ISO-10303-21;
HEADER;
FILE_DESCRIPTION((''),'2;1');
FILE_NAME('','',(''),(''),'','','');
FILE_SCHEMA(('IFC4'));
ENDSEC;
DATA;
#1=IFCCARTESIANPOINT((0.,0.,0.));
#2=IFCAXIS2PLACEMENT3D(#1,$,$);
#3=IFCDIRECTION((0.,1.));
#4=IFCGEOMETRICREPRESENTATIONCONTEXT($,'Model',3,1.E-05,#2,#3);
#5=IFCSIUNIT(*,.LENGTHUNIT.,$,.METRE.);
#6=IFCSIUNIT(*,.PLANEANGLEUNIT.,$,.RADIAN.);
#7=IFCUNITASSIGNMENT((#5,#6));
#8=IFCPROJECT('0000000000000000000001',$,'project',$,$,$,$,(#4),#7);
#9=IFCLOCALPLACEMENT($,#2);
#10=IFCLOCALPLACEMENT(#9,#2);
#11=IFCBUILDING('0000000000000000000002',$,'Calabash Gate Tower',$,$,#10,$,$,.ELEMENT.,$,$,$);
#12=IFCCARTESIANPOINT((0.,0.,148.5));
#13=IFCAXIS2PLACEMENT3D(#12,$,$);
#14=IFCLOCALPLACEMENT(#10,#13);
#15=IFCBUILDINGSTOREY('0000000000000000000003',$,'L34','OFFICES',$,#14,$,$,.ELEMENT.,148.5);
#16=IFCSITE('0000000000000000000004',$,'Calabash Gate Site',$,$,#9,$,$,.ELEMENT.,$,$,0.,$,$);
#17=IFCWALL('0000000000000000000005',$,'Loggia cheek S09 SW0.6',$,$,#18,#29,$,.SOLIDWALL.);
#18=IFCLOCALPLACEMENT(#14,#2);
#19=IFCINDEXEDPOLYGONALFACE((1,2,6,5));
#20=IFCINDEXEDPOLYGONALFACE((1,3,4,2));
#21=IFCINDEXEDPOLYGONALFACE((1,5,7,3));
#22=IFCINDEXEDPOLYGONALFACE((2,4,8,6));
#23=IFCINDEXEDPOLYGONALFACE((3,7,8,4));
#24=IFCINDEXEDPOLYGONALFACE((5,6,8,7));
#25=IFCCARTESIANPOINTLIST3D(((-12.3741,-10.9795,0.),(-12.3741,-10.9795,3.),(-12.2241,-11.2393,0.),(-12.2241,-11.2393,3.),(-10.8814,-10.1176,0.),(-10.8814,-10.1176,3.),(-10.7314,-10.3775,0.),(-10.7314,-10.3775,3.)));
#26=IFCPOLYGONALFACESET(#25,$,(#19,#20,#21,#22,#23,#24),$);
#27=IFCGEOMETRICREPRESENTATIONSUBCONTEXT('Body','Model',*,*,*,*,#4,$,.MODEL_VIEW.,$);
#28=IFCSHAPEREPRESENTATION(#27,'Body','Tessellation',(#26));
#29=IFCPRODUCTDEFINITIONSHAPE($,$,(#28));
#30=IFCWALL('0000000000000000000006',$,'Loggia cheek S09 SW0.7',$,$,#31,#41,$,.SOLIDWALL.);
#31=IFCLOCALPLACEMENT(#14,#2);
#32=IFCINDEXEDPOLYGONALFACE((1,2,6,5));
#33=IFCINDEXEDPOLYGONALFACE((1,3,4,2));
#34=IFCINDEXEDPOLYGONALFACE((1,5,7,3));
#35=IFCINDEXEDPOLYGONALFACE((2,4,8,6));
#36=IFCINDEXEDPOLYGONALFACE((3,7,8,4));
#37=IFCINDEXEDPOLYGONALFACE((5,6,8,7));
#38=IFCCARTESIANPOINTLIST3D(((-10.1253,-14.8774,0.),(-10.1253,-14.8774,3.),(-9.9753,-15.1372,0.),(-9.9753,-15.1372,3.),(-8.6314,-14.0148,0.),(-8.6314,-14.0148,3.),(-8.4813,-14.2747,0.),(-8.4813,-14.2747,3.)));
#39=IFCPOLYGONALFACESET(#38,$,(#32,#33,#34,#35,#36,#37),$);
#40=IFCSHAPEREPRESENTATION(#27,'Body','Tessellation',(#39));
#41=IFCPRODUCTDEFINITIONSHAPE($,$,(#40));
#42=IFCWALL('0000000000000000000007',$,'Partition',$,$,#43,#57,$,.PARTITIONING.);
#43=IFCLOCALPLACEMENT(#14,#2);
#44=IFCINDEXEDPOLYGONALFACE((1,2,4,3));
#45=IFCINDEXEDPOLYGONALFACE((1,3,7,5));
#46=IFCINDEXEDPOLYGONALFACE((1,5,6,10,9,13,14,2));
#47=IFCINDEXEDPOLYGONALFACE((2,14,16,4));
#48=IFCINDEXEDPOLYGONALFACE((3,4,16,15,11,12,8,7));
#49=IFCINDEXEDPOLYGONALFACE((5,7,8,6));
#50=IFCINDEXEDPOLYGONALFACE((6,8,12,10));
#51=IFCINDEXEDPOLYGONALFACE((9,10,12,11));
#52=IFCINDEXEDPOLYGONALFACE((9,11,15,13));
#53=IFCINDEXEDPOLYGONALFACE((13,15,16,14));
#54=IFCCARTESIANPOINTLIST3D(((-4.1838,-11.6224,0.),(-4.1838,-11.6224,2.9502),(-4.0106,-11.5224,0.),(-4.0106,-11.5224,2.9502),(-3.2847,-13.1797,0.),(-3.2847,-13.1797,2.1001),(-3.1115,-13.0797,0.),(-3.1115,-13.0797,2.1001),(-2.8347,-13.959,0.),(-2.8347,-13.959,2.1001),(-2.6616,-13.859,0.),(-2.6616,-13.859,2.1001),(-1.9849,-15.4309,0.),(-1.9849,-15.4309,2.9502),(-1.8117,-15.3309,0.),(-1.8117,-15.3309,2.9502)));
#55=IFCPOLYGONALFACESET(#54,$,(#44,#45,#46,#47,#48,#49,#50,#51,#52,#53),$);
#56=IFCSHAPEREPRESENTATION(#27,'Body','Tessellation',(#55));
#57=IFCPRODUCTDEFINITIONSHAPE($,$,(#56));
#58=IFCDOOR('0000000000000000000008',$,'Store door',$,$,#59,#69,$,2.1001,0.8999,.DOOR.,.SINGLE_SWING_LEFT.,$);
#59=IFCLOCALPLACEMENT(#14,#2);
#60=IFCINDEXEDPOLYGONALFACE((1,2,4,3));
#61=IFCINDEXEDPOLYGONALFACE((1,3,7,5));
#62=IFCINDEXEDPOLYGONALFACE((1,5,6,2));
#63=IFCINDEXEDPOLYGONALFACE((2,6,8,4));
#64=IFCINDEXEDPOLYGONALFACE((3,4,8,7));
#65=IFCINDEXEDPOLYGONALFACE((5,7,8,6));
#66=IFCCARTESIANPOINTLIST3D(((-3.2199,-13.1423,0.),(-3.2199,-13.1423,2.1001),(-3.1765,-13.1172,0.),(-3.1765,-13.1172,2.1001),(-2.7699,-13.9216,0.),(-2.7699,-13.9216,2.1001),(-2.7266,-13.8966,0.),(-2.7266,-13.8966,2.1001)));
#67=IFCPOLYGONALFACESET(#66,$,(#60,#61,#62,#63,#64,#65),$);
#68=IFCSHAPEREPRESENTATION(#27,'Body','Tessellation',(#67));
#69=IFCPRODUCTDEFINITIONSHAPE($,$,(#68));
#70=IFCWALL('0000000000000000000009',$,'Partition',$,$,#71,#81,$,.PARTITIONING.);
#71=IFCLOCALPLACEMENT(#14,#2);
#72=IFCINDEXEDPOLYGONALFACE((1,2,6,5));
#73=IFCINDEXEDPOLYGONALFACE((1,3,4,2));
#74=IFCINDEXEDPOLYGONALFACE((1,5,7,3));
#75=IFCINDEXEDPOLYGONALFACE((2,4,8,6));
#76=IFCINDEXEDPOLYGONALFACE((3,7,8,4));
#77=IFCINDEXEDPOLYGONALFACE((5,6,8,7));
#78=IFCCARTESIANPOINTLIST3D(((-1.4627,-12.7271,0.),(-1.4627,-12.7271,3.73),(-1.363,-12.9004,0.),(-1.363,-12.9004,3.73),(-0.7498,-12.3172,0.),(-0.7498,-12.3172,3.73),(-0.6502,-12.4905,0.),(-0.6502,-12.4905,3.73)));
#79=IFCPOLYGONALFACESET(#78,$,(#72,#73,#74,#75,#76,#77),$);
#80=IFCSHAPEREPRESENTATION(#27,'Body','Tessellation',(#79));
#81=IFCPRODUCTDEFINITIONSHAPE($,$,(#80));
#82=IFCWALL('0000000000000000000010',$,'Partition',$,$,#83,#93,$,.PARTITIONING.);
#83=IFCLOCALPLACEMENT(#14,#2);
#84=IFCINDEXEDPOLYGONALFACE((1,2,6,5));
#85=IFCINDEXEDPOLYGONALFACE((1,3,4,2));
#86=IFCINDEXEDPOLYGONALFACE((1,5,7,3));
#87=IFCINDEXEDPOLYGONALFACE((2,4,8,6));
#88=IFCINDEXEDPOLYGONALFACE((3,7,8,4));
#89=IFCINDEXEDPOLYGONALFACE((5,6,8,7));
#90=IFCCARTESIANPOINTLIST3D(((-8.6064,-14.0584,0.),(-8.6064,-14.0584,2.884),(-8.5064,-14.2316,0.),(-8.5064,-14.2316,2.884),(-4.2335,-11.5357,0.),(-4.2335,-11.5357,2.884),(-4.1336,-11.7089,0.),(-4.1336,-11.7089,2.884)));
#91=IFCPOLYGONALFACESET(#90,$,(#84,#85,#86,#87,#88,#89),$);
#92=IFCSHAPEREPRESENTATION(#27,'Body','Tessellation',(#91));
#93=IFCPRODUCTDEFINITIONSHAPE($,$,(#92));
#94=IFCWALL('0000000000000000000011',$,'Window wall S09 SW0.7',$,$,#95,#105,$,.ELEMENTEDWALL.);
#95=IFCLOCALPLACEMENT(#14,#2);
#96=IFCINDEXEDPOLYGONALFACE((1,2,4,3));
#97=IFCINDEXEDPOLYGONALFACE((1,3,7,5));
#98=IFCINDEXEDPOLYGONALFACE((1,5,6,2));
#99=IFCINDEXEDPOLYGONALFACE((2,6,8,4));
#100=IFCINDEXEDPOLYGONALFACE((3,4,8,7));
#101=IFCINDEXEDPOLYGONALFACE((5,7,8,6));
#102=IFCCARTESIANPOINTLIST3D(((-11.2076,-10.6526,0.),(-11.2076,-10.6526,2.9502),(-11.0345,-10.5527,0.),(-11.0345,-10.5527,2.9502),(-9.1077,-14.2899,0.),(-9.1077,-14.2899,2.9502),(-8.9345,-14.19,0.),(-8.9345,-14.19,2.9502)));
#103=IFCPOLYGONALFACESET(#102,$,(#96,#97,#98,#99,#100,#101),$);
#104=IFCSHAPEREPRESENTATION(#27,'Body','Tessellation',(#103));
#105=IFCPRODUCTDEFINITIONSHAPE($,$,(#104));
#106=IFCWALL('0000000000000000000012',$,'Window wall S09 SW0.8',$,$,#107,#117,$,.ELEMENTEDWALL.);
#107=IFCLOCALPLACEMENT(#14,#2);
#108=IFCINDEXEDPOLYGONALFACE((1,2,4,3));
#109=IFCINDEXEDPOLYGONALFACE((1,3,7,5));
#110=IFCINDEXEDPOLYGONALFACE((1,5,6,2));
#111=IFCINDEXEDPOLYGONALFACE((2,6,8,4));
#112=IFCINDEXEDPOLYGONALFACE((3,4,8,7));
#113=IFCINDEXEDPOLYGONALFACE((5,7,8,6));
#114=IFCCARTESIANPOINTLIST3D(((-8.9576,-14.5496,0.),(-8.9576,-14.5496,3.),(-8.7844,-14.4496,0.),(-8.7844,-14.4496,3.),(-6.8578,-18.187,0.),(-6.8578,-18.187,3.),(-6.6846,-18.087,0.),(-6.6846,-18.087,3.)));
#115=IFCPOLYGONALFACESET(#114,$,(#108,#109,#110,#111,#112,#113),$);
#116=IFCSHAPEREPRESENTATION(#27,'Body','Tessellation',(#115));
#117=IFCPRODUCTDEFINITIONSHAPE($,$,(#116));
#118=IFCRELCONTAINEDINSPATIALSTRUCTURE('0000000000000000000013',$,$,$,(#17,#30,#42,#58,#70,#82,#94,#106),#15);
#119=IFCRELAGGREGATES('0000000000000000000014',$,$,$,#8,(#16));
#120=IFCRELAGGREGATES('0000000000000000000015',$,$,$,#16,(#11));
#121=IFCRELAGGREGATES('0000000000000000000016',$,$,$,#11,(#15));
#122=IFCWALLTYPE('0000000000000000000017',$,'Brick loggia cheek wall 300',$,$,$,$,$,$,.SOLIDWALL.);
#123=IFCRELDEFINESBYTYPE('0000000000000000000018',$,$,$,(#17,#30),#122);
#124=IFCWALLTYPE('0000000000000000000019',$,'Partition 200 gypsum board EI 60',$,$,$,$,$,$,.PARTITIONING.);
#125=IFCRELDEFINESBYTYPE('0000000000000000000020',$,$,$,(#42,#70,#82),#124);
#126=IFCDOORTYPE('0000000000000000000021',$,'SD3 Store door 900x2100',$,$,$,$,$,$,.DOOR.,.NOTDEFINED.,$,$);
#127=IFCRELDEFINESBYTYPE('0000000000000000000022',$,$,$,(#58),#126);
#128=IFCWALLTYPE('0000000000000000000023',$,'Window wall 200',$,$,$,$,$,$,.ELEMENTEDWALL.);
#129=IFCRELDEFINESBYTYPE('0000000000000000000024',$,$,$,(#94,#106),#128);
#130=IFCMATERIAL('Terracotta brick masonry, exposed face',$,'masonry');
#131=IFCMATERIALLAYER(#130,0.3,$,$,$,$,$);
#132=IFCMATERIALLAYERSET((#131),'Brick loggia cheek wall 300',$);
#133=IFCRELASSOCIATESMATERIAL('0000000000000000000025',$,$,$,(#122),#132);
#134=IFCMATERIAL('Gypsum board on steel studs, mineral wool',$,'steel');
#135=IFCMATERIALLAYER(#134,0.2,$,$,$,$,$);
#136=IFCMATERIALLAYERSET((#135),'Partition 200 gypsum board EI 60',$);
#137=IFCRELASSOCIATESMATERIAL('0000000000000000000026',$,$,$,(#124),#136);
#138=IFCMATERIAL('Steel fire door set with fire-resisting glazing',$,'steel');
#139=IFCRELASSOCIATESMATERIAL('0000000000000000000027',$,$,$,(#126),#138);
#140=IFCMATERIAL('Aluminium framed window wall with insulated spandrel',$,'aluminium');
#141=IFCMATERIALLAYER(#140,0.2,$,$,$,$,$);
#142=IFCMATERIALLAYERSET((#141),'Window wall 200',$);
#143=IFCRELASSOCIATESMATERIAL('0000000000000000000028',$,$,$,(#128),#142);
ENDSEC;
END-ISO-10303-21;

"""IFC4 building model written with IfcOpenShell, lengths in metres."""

from ifc_helpers import new_model, si_unit, direction, frame, frame_2d, origin, place, context, subcontext, project, spatial, rectangle, extrude, material, layer, layer_set, type_object, element, fill, save


model = new_model("IFC4")

# Units and contexts
model_context = context("Model", 3, precision=1e-05, world=origin(), true_north=direction((0.0, 1.0)))
body_context = subcontext(model_context, "Body", "Model", "MODEL_VIEW")
ifc_project = project(units=[si_unit("LENGTHUNIT", "METRE"), si_unit("PLANEANGLEUNIT", "RADIAN")], contexts=[model_context])

# Site, building, storey
site_placement = place(None, origin())
site = spatial("IfcSite", under=ifc_project, at=site_placement, Name="Calabash Gate Site", CompositionType="ELEMENT", RefElevation=0.0)
building_placement = place(site_placement, origin())
building = spatial("IfcBuilding", under=site, at=building_placement, Name="Calabash Gate Tower", CompositionType="ELEMENT")
storey_placement = place(building_placement, frame((0.0, 0.0, 148.5)))
storey = spatial("IfcBuildingStorey", under=building, at=storey_placement, Name="L34", Description="OFFICES", CompositionType="ELEMENT", Elevation=148.5)

# Walls
ifc_material_1 = material(Name="Terracotta brick masonry, exposed face", Category="masonry")
ifc_layer_1 = layer(ifc_material_1, 0.3)
ifc_layer_set_1 = layer_set([ifc_layer_1], Name="Brick loggia cheek wall 300")
wall_type_1 = type_object("IfcWallType", Name="Brick loggia cheek wall 300", PredefinedType="SOLIDWALL", material=ifc_layer_set_1)
wall_1_placement = place(storey_placement, frame((-10.8064, -10.2476, 0.0), z_axis=(0.0, 0.0, 1.0), x_axis=(-0.86602, -0.500009, 0.0)))
element("IfcWall", 1, at=wall_1_placement, inside=storey, type_object=wall_type_1, Name="Loggia cheek S09 SW0.6", PredefinedType="SOLIDWALL", context=body_context, shape_type="SweptSolid", body=[
    extrude(rectangle(XDim=1.7236, YDim=0.3, at=frame_2d((0.8618, 0.0))), origin(), (0.0, 0.0, 1.0), 3.0),
])
wall_2_placement = place(storey_placement, frame((-10.0503, -15.0073, 0.0), z_axis=(0.0, 0.0, 1.0), x_axis=(0.866014, 0.500021, 0.0)))
element("IfcWall", 2, at=wall_2_placement, inside=storey, type_object=wall_type_1, Name="Loggia cheek S09 SW0.7", PredefinedType="SOLIDWALL", context=body_context, shape_type="SweptSolid", body=[
    extrude(rectangle(XDim=1.7251, YDim=0.3, at=frame_2d((0.8625, 0.0))), origin(), (0.0, 0.0, 1.0), 3.0),
])

# Wall, opening, door
ifc_material_2 = material(Name="Gypsum board on steel studs, mineral wool", Category="steel")
ifc_layer_2 = layer(ifc_material_2, 0.2)
ifc_layer_set_2 = layer_set([ifc_layer_2], Name="Partition 200 gypsum board EI 60")
wall_type_2 = type_object("IfcWallType", Name="Partition 200 gypsum board EI 60", PredefinedType="PARTITIONING", material=ifc_layer_set_2)
wall_3_placement = place(storey_placement, frame((-4.0972, -11.5725, 0.0), z_axis=(0.0, 0.0, 1.0), x_axis=(0.500014, -0.866017, 0.0)))
wall_3 = element("IfcWall", 3, at=wall_3_placement, inside=storey, type_object=wall_type_2, Name="Partition", PredefinedType="PARTITIONING", context=body_context, shape_type="SweptSolid", body=[
    extrude(rectangle(XDim=4.3977, YDim=0.2, at=frame_2d((2.1987, 0.0))), origin(), (0.0, 0.0, 1.0), 2.9502),
])
opening_1_placement = place(wall_3_placement, frame((1.7981, 0.0, 0.0)))
opening_1 = element("IfcOpeningElement", 4, at=opening_1_placement, cuts=wall_3, PredefinedType="OPENING", context=body_context, shape_type="SweptSolid", body=[
    extrude(rectangle(XDim=0.8999, YDim=2.1001, at=frame_2d((0.45, 1.05))), frame((0.0, 0.1099, 0.0), z_axis=(0.0, -1.0, 0.0), x_axis=(1.0, 0.0, 0.0)), (0.0, 0.0, 1.0), 0.22),
])
ifc_material_3 = material(Name="Steel fire door set with fire-resisting glazing", Category="steel")
door_type_1 = type_object("IfcDoorType", Name="SD3 Store door 900x2100", OperationType="NOTDEFINED", PredefinedType="DOOR", material=ifc_material_3)
door_1_placement = place(opening_1_placement, origin())
door_1 = element("IfcDoor", 5, at=door_1_placement, inside=storey, type_object=door_type_1, Name="Store door", OperationType="SINGLE_SWING_LEFT", OverallHeight=2.1001, OverallWidth=0.8999, PredefinedType="DOOR", context=body_context, shape_type="SweptSolid", body=[
    extrude(rectangle(XDim=0.8999, YDim=2.1001, at=frame_2d((0.45, 1.05))), frame((0.0, 0.0249, 0.0), z_axis=(0.0, -1.0, 0.0), x_axis=(1.0, 0.0, 0.0)), (0.0, 0.0, 1.0), 0.05),
])
fill(opening_1, door_1)

# Walls
wall_4_placement = place(storey_placement, frame((-1.4128, -12.8137, 0.0), z_axis=(0.0, 0.0, 1.0), x_axis=(0.866906, 0.498471, 0.0)))
element("IfcWall", 6, at=wall_4_placement, inside=storey, type_object=wall_type_2, Name="Partition", PredefinedType="PARTITIONING", context=body_context, shape_type="SweptSolid", body=[
    extrude(rectangle(XDim=0.8223, YDim=0.2, at=frame_2d((0.4111, 0.0))), origin(), (0.0, 0.0, 1.0), 3.73),
])
wall_5_placement = place(storey_placement, frame((-8.5564, -14.145, 0.0), z_axis=(0.0, 0.0, 1.0), x_axis=(0.866191, 0.499713, 0.0)))
element("IfcWall", 7, at=wall_5_placement, inside=storey, type_object=wall_type_2, Name="Partition", PredefinedType="PARTITIONING", context=body_context, shape_type="SweptSolid", body=[
    extrude(rectangle(XDim=5.0483, YDim=0.2, at=frame_2d((2.5242, 0.0))), origin(), (0.0, 0.0, 1.0), 2.884),
])
ifc_material_4 = material(Name="Aluminium framed window wall with insulated spandrel", Category="aluminium")
ifc_layer_3 = layer(ifc_material_4, 0.2)
ifc_layer_set_3 = layer_set([ifc_layer_3], Name="Window wall 200")
wall_type_3 = type_object("IfcWallType", Name="Window wall 200", PredefinedType="ELEMENTEDWALL", material=ifc_layer_set_3)
wall_6_placement = place(storey_placement, frame((-11.1211, -10.6025, 0.0), z_axis=(0.0, 0.0, 1.0), x_axis=(0.499984, -0.866035, 0.0)))
element("IfcWall", 8, at=wall_6_placement, inside=storey, type_object=wall_type_3, Name="Window wall S09 SW0.7", PredefinedType="ELEMENTEDWALL", context=body_context, shape_type="SweptSolid", body=[
    extrude(rectangle(XDim=4.2, YDim=0.2, at=frame_2d((2.1001, 0.0))), origin(), (0.0, 0.0, 1.0), 2.9502),
])
wall_7_placement = place(storey_placement, frame((-8.8711, -14.4995, 0.0), z_axis=(0.0, 0.0, 1.0), x_axis=(0.499959, -0.866049, 0.0)))
element("IfcWall", 9, at=wall_7_placement, inside=storey, type_object=wall_type_3, Name="Window wall S09 SW0.8", PredefinedType="ELEMENTEDWALL", context=body_context, shape_type="SweptSolid", body=[
    extrude(rectangle(XDim=4.2, YDim=0.2, at=frame_2d((2.1001, 0.0))), origin(), (0.0, 0.0, 1.0), 3.0),
])

save(model, "model.ifc")
